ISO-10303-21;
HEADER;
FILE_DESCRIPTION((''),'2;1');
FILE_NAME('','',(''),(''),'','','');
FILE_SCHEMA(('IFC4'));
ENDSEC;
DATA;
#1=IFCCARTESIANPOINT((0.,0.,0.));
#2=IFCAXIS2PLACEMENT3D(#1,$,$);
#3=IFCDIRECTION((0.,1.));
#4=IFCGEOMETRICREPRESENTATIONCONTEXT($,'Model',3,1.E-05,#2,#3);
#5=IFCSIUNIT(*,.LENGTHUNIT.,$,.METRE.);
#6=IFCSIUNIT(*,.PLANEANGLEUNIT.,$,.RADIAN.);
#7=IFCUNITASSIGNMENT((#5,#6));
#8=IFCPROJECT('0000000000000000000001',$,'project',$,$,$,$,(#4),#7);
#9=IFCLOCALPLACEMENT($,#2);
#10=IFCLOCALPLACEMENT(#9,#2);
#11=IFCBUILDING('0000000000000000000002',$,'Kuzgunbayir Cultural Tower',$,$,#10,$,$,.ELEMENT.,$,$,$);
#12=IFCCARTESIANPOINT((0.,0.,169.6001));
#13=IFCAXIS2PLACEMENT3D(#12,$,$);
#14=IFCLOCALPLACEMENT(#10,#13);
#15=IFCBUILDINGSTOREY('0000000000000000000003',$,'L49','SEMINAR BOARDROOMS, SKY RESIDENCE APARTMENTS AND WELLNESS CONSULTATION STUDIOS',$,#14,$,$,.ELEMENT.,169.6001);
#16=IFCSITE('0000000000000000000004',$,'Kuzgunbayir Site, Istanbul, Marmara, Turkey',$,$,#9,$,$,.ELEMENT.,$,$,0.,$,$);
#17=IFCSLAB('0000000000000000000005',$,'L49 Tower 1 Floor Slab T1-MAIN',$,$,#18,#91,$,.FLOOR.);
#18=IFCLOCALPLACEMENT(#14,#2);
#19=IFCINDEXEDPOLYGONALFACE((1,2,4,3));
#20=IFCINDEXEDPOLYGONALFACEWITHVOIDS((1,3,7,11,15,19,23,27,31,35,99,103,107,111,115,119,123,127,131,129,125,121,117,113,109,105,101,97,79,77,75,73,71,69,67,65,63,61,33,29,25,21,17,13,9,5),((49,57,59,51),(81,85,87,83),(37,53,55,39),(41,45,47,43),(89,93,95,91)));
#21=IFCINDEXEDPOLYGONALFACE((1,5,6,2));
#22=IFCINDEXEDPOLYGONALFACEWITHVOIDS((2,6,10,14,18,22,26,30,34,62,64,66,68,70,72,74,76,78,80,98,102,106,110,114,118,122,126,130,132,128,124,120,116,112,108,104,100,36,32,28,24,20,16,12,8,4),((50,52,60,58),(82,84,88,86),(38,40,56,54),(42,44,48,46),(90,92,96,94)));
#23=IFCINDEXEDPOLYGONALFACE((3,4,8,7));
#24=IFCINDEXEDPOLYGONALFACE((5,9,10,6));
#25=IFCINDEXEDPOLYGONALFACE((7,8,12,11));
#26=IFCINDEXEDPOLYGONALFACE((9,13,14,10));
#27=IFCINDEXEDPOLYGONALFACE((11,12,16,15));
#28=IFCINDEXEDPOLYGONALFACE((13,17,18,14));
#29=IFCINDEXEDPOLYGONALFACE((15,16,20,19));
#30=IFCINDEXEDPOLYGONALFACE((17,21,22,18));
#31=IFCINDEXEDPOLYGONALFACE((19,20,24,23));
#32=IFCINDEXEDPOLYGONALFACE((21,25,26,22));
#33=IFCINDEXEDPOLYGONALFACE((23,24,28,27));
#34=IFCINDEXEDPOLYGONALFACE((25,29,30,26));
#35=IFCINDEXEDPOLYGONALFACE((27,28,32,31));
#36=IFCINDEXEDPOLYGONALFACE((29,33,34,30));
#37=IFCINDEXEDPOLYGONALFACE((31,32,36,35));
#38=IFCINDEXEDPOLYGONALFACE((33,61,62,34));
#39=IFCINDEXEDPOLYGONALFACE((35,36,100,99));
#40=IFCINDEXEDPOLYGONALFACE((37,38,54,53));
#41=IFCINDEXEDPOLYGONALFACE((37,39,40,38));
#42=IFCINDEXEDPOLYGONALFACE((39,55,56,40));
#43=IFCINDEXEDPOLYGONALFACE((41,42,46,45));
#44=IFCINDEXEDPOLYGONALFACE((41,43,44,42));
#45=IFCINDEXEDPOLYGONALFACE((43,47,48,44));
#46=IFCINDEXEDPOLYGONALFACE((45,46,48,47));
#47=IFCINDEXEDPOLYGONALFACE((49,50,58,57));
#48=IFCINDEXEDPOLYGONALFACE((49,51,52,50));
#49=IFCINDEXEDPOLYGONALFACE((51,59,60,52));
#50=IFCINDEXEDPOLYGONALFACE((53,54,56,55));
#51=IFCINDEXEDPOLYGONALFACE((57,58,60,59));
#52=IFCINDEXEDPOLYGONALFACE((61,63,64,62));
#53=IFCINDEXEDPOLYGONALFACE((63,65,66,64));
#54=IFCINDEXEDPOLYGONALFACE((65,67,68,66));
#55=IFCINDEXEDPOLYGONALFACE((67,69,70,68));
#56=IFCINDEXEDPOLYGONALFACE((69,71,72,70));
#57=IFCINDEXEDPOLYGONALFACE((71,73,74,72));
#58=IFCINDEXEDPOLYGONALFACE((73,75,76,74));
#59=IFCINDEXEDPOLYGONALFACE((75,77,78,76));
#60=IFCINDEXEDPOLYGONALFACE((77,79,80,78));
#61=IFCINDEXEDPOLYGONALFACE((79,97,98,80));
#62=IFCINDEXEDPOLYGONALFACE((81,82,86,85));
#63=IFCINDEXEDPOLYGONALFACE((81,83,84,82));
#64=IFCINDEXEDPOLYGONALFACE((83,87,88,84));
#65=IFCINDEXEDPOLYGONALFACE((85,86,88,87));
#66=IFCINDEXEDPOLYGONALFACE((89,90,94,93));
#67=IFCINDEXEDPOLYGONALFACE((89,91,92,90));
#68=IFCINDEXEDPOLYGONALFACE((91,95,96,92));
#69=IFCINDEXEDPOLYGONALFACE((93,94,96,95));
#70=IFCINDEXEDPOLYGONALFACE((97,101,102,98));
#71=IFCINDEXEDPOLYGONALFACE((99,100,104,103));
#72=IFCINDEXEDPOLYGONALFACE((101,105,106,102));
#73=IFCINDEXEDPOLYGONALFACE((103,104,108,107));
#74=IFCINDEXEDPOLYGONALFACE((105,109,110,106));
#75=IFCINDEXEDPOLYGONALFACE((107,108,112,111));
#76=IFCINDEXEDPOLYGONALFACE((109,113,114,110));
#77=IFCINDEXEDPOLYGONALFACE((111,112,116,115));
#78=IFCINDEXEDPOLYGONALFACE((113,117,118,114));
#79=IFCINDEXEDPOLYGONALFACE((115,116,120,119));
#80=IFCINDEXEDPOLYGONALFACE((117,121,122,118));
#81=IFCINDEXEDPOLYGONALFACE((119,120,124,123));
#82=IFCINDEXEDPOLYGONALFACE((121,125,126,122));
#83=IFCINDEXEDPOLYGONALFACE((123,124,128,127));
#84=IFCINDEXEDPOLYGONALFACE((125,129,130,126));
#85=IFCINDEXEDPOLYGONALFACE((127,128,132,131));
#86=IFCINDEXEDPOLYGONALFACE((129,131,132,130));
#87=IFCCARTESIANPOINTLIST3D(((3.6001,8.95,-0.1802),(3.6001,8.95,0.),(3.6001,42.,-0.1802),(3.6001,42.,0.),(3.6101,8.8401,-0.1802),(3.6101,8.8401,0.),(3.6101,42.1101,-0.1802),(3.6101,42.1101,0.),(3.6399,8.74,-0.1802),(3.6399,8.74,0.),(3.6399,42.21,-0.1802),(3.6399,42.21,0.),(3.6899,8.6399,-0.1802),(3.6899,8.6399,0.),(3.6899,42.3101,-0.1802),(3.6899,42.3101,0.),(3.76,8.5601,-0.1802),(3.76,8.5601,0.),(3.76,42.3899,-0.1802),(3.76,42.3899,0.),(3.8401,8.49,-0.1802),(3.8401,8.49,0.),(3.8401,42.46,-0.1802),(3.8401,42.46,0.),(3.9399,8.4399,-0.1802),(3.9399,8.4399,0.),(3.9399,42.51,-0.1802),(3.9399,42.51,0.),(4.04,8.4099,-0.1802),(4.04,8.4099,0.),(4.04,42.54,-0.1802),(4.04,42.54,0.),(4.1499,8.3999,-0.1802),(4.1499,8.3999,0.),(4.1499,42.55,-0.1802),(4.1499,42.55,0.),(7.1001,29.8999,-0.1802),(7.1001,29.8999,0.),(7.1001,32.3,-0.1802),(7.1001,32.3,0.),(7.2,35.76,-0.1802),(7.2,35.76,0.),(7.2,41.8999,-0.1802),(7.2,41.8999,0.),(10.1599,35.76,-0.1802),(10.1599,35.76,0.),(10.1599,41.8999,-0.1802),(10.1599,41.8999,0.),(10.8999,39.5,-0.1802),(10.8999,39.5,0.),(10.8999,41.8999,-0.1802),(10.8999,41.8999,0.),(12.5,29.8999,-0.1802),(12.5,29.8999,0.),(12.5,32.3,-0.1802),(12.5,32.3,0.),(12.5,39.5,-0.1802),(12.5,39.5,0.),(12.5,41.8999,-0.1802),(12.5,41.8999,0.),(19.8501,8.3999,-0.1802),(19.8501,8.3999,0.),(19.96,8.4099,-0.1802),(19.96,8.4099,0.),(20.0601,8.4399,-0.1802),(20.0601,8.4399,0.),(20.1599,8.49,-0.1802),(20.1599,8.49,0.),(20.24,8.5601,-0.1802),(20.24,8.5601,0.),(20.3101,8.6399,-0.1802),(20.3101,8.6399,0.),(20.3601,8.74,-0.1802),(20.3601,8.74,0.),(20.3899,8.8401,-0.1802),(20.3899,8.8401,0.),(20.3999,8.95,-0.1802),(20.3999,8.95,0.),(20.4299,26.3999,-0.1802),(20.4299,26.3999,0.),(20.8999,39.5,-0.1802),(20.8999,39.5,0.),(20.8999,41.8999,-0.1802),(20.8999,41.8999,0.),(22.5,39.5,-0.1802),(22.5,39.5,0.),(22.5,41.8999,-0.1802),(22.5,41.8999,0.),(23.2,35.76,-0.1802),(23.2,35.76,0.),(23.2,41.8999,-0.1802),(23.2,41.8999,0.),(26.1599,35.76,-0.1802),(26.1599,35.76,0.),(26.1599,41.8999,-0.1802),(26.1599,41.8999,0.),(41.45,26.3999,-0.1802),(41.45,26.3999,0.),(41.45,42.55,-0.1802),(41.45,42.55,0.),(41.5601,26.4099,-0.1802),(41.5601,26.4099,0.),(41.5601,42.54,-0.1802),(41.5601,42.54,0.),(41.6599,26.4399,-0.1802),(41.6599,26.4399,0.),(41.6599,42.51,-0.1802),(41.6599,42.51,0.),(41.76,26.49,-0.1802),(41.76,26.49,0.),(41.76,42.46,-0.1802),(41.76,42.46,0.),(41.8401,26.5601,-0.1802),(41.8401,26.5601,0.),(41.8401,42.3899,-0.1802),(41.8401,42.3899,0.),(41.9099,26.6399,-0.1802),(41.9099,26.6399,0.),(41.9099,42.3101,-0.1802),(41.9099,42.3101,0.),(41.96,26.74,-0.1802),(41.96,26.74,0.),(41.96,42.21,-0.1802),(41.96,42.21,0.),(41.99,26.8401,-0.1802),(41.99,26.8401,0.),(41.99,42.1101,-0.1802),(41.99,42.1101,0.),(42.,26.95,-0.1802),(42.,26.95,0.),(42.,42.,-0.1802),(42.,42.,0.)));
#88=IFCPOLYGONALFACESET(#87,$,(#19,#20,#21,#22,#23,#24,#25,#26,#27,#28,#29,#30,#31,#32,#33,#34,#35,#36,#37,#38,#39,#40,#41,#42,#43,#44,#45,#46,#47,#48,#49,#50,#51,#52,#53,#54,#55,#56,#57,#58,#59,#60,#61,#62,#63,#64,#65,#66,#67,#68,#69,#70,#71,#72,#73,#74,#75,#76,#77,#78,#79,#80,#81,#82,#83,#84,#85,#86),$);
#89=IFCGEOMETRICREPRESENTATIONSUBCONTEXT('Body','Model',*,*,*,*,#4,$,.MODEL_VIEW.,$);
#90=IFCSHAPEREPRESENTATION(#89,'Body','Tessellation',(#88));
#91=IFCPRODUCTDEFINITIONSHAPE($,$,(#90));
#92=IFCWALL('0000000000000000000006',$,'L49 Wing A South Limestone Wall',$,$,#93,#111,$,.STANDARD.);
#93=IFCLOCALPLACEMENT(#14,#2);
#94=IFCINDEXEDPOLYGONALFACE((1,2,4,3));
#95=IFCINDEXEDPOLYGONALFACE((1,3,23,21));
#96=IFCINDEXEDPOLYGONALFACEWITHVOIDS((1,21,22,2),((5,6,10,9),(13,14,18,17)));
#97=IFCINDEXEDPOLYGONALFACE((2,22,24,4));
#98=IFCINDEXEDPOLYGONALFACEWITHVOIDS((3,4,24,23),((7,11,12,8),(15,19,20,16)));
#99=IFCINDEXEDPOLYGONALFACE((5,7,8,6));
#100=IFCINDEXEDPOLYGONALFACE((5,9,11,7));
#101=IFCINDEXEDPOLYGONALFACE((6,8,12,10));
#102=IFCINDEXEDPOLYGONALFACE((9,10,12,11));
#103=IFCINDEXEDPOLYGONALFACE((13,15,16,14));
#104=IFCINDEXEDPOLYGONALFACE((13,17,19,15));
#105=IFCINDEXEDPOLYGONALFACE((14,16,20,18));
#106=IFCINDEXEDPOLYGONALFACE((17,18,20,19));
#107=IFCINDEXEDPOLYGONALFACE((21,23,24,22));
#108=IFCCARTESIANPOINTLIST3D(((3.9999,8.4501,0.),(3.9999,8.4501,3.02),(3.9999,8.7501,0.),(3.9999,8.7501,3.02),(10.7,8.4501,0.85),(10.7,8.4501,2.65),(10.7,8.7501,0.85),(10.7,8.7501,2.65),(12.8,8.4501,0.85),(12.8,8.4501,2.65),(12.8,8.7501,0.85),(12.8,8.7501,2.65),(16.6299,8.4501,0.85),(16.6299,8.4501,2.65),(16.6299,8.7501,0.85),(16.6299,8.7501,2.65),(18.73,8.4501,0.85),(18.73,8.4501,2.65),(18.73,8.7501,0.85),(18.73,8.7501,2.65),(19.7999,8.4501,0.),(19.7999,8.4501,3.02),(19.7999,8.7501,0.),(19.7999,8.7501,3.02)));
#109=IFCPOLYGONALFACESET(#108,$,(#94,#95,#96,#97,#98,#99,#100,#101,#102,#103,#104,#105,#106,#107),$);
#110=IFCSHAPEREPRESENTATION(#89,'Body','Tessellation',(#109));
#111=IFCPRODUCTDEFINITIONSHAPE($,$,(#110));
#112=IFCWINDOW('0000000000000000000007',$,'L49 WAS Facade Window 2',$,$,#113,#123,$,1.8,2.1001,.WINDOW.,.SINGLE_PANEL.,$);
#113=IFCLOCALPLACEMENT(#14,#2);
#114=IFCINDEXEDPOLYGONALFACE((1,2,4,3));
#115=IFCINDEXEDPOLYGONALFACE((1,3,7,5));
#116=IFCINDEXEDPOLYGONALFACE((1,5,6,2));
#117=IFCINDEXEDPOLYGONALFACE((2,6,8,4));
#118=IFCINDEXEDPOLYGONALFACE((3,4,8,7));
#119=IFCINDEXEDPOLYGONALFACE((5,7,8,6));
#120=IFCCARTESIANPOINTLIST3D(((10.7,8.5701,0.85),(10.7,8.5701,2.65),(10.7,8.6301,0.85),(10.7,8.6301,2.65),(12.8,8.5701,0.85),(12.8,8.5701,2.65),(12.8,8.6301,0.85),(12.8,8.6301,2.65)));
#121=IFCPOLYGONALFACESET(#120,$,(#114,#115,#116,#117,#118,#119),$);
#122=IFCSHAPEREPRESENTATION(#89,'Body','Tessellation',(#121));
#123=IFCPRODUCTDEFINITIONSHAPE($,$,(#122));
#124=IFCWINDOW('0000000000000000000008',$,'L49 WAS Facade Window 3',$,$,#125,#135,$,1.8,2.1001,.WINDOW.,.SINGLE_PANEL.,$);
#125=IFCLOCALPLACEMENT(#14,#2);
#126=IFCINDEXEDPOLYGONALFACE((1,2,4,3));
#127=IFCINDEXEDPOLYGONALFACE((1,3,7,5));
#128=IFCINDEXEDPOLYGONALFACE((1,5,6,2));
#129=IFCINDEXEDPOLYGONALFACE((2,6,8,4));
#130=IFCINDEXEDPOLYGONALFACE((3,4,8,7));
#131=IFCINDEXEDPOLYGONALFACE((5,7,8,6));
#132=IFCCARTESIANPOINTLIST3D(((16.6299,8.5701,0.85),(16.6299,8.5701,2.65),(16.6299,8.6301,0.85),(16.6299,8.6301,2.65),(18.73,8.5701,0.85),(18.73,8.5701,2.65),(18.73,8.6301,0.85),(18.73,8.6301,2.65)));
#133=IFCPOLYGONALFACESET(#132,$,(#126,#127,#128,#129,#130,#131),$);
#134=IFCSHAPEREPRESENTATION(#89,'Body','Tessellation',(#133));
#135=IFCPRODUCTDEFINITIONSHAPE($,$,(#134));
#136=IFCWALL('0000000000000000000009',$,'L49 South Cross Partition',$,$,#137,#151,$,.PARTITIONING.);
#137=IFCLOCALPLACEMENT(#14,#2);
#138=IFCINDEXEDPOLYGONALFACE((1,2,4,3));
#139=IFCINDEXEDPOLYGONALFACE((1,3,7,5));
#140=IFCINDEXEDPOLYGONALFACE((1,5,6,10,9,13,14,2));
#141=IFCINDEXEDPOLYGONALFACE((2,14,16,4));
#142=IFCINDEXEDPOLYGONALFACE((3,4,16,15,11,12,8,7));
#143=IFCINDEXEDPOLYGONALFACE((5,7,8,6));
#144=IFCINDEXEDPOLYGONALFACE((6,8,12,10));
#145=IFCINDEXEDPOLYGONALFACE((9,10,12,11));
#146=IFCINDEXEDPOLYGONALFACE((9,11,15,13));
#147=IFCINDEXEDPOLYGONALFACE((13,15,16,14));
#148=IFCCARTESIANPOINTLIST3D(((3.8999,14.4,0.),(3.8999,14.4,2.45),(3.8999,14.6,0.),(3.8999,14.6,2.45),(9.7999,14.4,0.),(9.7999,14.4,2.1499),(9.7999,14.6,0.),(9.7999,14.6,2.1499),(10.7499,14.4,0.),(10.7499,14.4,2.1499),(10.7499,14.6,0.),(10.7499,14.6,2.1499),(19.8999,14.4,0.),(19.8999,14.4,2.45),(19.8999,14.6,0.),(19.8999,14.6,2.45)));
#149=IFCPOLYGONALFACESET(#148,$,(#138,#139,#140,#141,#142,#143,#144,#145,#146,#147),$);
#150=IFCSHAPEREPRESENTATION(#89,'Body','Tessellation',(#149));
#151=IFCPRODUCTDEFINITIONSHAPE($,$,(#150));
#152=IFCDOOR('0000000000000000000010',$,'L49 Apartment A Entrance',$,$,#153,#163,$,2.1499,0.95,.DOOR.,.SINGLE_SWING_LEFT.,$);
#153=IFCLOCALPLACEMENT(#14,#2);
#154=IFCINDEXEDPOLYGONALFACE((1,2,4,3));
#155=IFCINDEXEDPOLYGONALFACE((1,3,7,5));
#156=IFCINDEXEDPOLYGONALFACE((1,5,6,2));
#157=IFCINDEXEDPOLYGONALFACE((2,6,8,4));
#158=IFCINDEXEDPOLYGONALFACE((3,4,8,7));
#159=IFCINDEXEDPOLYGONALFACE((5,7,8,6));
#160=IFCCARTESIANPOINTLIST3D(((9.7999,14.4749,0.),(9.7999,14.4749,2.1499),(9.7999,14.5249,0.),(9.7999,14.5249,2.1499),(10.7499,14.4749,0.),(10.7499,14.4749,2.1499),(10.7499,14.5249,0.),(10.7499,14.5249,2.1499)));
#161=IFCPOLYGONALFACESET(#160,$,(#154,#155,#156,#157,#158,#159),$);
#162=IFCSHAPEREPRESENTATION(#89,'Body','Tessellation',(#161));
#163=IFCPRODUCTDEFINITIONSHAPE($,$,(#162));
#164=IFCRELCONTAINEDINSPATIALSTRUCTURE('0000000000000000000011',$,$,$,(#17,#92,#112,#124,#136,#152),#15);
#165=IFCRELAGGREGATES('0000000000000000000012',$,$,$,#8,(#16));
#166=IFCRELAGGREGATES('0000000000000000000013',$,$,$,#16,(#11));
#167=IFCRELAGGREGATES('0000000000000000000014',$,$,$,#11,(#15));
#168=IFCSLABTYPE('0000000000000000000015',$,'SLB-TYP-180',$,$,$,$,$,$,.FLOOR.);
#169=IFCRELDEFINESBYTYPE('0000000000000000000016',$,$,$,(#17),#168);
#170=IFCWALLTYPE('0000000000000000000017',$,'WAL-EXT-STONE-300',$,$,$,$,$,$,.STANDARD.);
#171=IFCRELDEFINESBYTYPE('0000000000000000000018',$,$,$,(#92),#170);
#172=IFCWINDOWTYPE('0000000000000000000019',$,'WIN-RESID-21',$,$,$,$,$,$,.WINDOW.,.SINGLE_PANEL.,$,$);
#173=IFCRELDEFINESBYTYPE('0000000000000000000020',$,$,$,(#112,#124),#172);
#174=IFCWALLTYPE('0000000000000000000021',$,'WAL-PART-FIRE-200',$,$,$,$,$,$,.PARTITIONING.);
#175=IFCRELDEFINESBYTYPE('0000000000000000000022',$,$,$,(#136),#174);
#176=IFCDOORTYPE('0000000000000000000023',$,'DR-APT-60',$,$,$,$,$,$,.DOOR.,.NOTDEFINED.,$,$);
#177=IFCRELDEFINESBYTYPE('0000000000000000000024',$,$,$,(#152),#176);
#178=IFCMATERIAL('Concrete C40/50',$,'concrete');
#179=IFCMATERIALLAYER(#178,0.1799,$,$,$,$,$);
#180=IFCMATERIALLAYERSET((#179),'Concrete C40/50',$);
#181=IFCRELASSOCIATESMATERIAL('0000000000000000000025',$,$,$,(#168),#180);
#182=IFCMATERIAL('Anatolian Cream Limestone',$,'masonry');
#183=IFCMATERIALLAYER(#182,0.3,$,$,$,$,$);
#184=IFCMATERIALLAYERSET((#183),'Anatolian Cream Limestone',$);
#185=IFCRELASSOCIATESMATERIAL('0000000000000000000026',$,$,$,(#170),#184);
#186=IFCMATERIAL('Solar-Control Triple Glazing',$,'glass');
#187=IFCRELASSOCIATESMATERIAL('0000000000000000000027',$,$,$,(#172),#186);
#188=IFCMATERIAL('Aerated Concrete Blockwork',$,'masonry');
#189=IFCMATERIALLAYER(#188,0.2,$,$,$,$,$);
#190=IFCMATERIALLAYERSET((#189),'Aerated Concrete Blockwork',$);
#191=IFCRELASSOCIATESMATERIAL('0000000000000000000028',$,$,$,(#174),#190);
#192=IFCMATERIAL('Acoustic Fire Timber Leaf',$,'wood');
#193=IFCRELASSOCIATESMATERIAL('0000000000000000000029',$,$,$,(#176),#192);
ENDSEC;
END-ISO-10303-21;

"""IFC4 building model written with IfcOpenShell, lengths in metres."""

from ifc_helpers import new_model, si_unit, direction, frame, frame_2d, origin, place, context, subcontext, project, spatial, polyline, rectangle, outline, extrude, material, layer, layer_set, type_object, element, fill, save


model = new_model("IFC4")

# Units and contexts
model_context = context("Model", 3, precision=1e-05, world=origin(), true_north=direction((0.0, 1.0)))
body_context = subcontext(model_context, "Body", "Model", "MODEL_VIEW")
ifc_project = project(units=[si_unit("LENGTHUNIT", "METRE"), si_unit("PLANEANGLEUNIT", "RADIAN")], contexts=[model_context])

# Site, building, storey
site_placement = place(None, origin())
site = spatial("IfcSite", under=ifc_project, at=site_placement, Name="Kuzgunbayir Site, Istanbul, Marmara, Turkey", CompositionType="ELEMENT", RefElevation=0.0)
building_placement = place(site_placement, origin())
building = spatial("IfcBuilding", under=site, at=building_placement, Name="Kuzgunbayir Cultural Tower", CompositionType="ELEMENT")
storey_placement = place(building_placement, frame((0.0, 0.0, 169.6001)))
storey = spatial("IfcBuildingStorey", under=building, at=storey_placement, Name="L49", Description="SEMINAR BOARDROOMS, SKY RESIDENCE APARTMENTS AND WELLNESS CONSULTATION STUDIOS", CompositionType="ELEMENT", Elevation=169.6001)

# Shared definitions
ifc_material_1 = material(Name="Concrete C40/50", Category="concrete")

# Slab
ifc_layer_1 = layer(ifc_material_1, 0.1799)
ifc_layer_set_1 = layer_set([ifc_layer_1], Name="Concrete C40/50")
slab_type_1 = type_object("IfcSlabType", Name="SLB-TYP-180", PredefinedType="FLOOR", material=ifc_layer_set_1)
slab_1_placement = place(storey_placement, frame((0.0, 0.0, -0.1802)))
element("IfcSlab", 1, at=slab_1_placement, inside=storey, type_object=slab_type_1, Name="L49 Tower 1 Floor Slab T1-MAIN", PredefinedType="FLOOR", context=body_context, shape_type="SweptSolid", body=[
    extrude(outline(polyline([(20.3999, 8.95), (20.3899, 8.8401), (20.3601, 8.74), (20.3101, 8.6399), (20.24, 8.5601), (20.1599, 8.49), (20.0601, 8.4399), (19.96, 8.4099), (19.8501, 8.3999), (4.1499, 8.3999), (4.04, 8.4099), (3.9399, 8.4399), (3.8401, 8.49), (3.76, 8.5601), (3.6899, 8.6399), (3.6399, 8.74), (3.6101, 8.8401), (3.6001, 8.95), (3.6001, 42.0), (3.6101, 42.1101), (3.6399, 42.21), (3.6899, 42.3101), (3.76, 42.3899), (3.8401, 42.46), (3.9399, 42.51), (4.04, 42.54), (4.1499, 42.55), (41.45, 42.55), (41.5601, 42.54), (41.6599, 42.51), (41.76, 42.46), (41.8401, 42.3899), (41.9099, 42.3101), (41.96, 42.21), (41.99, 42.1101), (42.0, 42.0), (42.0, 26.95), (41.99, 26.8401), (41.96, 26.74), (41.9099, 26.6399), (41.8401, 26.5601), (41.76, 26.49), (41.6599, 26.4399), (41.5601, 26.4099), (41.45, 26.3999), (20.4299, 26.3999), (20.3999, 8.95)]), holes=[polyline([(7.2, 35.76), (7.2, 41.8999), (10.1599, 41.8999), (10.1599, 35.76), (7.2, 35.76)]), polyline([(23.2, 35.76), (23.2, 41.8999), (26.1599, 41.8999), (26.1599, 35.76), (23.2, 35.76)]), polyline([(7.1001, 29.8999), (7.1001, 32.3), (12.5, 32.3), (12.5, 29.8999), (7.1001, 29.8999)]), polyline([(10.8999, 39.5), (10.8999, 41.8999), (12.5, 41.8999), (12.5, 39.5), (10.8999, 39.5)]), polyline([(20.8999, 39.5), (20.8999, 41.8999), (22.5, 41.8999), (22.5, 39.5), (20.8999, 39.5)])]), origin(), (0.0, 0.0, 1.0), 0.1802),
])

# Wall, openings, windows
ifc_material_2 = material(Name="Anatolian Cream Limestone", Category="masonry")
ifc_layer_2 = layer(ifc_material_2, 0.3)
ifc_layer_set_2 = layer_set([ifc_layer_2], Name="Anatolian Cream Limestone")
wall_type_1 = type_object("IfcWallType", Name="WAL-EXT-STONE-300", PredefinedType="STANDARD", material=ifc_layer_set_2)
wall_1_placement = place(storey_placement, frame((4.0, 8.6001, 0.0), z_axis=(0.0, 0.0, 1.0), x_axis=(1.0, 0.0, 0.0)))
wall_1 = element("IfcWall", 2, at=wall_1_placement, inside=storey, type_object=wall_type_1, Name="L49 Wing A South Limestone Wall", PredefinedType="STANDARD", context=body_context, shape_type="SweptSolid", body=[
    extrude(rectangle(XDim=15.8, YDim=0.3, at=frame_2d((7.8999, 0.0))), origin(), (0.0, 0.0, 1.0), 3.02),
])
opening_1_placement = place(wall_1_placement, frame((6.7, 0.0, 0.8501)))
opening_1 = element("IfcOpeningElement", 3, at=opening_1_placement, cuts=wall_1, PredefinedType="OPENING", context=body_context, shape_type="SweptSolid", body=[
    extrude(rectangle(XDim=2.1001, YDim=1.8, at=frame_2d((1.05, 0.8999))), frame((0.0, 0.1602, 0.0), z_axis=(0.0, -1.0, 0.0), x_axis=(1.0, 0.0, 0.0)), (0.0, 0.0, 1.0), 0.3201),
])
opening_2_placement = place(wall_1_placement, frame((12.6299, 0.0, 0.8501)))
opening_2 = element("IfcOpeningElement", 4, at=opening_2_placement, cuts=wall_1, PredefinedType="OPENING", context=body_context, shape_type="SweptSolid", body=[
    extrude(rectangle(XDim=2.1001, YDim=1.8, at=frame_2d((1.05, 0.8999))), frame((0.0, 0.1602, 0.0), z_axis=(0.0, -1.0, 0.0), x_axis=(1.0, 0.0, 0.0)), (0.0, 0.0, 1.0), 0.3201),
])
ifc_material_3 = material(Name="Solar-Control Triple Glazing", Category="glass")
window_type = type_object("IfcWindowType", Name="WIN-RESID-21", PartitioningType="SINGLE_PANEL", PredefinedType="WINDOW", material=ifc_material_3)
window_1_placement = place(opening_1_placement, origin())
window_1 = element("IfcWindow", 5, at=window_1_placement, inside=storey, type_object=window_type, Name="L49 WAS Facade Window 2", OverallHeight=1.8, OverallWidth=2.1001, PartitioningType="SINGLE_PANEL", PredefinedType="WINDOW", context=body_context, shape_type="SweptSolid", body=[
    extrude(rectangle(XDim=2.1001, YDim=1.8, at=frame_2d((1.05, 0.8999))), frame((0.0, 0.03, 0.0), z_axis=(0.0, -1.0, 0.0), x_axis=(1.0, 0.0, 0.0)), (0.0, 0.0, 1.0), 0.0601),
])
fill(opening_1, window_1)
window_2_placement = place(opening_2_placement, origin())
window_2 = element("IfcWindow", 6, at=window_2_placement, inside=storey, type_object=window_type, Name="L49 WAS Facade Window 3", OverallHeight=1.8, OverallWidth=2.1001, PartitioningType="SINGLE_PANEL", PredefinedType="WINDOW", context=body_context, shape_type="SweptSolid", body=[
    extrude(rectangle(XDim=2.1001, YDim=1.8, at=frame_2d((1.05, 0.8999))), frame((0.0, 0.03, 0.0), z_axis=(0.0, -1.0, 0.0), x_axis=(1.0, 0.0, 0.0)), (0.0, 0.0, 1.0), 0.0601),
])
fill(opening_2, window_2)

# Shared definitions
ifc_material_4 = material(Name="Aerated Concrete Blockwork", Category="masonry")
ifc_layer_3 = layer(ifc_material_4, 0.2)
ifc_layer_set_3 = layer_set([ifc_layer_3], Name="Aerated Concrete Blockwork")
wall_type_2 = type_object("IfcWallType", Name="WAL-PART-FIRE-200", PredefinedType="PARTITIONING", material=ifc_layer_set_3)

# Wall, opening, door
wall_2_placement = place(storey_placement, frame((3.8999, 14.5, 0.0), z_axis=(0.0, 0.0, 1.0), x_axis=(1.0, 0.0, 0.0)))
wall_2 = element("IfcWall", 7, at=wall_2_placement, inside=storey, type_object=wall_type_2, Name="L49 South Cross Partition", PredefinedType="PARTITIONING", context=body_context, shape_type="SweptSolid", body=[
    extrude(rectangle(XDim=16.0, YDim=0.2, at=frame_2d((8.0, 0.0))), origin(), (0.0, 0.0, 1.0), 2.45),
])
opening_3_placement = place(wall_2_placement, frame((5.8999, 0.0, 0.0)))
opening_3 = element("IfcOpeningElement", 8, at=opening_3_placement, cuts=wall_2, PredefinedType="OPENING", context=body_context, shape_type="SweptSolid", body=[
    extrude(rectangle(XDim=0.95, YDim=2.1499, at=frame_2d((0.4751, 1.075))), frame((0.0, 0.1099, 0.0), z_axis=(0.0, -1.0, 0.0), x_axis=(1.0, 0.0, 0.0)), (0.0, 0.0, 1.0), 0.22),
])
ifc_material_5 = material(Name="Acoustic Fire Timber Leaf", Category="wood")
door_type_1 = type_object("IfcDoorType", Name="DR-APT-60", OperationType="NOTDEFINED", PredefinedType="DOOR", material=ifc_material_5)
door_1_placement = place(opening_3_placement, origin())
door_1 = element("IfcDoor", 9, at=door_1_placement, inside=storey, type_object=door_type_1, Name="L49 Apartment A Entrance", OperationType="SINGLE_SWING_LEFT", OverallHeight=2.1499, OverallWidth=0.95, PredefinedType="DOOR", context=body_context, shape_type="SweptSolid", body=[
    extrude(rectangle(XDim=0.95, YDim=2.1499, at=frame_2d((0.4751, 1.075))), frame((0.0, 0.0249, 0.0), z_axis=(0.0, -1.0, 0.0), x_axis=(1.0, 0.0, 0.0)), (0.0, 0.0, 1.0), 0.05),
])
fill(opening_3, door_1)

save(model, "model.ifc")
